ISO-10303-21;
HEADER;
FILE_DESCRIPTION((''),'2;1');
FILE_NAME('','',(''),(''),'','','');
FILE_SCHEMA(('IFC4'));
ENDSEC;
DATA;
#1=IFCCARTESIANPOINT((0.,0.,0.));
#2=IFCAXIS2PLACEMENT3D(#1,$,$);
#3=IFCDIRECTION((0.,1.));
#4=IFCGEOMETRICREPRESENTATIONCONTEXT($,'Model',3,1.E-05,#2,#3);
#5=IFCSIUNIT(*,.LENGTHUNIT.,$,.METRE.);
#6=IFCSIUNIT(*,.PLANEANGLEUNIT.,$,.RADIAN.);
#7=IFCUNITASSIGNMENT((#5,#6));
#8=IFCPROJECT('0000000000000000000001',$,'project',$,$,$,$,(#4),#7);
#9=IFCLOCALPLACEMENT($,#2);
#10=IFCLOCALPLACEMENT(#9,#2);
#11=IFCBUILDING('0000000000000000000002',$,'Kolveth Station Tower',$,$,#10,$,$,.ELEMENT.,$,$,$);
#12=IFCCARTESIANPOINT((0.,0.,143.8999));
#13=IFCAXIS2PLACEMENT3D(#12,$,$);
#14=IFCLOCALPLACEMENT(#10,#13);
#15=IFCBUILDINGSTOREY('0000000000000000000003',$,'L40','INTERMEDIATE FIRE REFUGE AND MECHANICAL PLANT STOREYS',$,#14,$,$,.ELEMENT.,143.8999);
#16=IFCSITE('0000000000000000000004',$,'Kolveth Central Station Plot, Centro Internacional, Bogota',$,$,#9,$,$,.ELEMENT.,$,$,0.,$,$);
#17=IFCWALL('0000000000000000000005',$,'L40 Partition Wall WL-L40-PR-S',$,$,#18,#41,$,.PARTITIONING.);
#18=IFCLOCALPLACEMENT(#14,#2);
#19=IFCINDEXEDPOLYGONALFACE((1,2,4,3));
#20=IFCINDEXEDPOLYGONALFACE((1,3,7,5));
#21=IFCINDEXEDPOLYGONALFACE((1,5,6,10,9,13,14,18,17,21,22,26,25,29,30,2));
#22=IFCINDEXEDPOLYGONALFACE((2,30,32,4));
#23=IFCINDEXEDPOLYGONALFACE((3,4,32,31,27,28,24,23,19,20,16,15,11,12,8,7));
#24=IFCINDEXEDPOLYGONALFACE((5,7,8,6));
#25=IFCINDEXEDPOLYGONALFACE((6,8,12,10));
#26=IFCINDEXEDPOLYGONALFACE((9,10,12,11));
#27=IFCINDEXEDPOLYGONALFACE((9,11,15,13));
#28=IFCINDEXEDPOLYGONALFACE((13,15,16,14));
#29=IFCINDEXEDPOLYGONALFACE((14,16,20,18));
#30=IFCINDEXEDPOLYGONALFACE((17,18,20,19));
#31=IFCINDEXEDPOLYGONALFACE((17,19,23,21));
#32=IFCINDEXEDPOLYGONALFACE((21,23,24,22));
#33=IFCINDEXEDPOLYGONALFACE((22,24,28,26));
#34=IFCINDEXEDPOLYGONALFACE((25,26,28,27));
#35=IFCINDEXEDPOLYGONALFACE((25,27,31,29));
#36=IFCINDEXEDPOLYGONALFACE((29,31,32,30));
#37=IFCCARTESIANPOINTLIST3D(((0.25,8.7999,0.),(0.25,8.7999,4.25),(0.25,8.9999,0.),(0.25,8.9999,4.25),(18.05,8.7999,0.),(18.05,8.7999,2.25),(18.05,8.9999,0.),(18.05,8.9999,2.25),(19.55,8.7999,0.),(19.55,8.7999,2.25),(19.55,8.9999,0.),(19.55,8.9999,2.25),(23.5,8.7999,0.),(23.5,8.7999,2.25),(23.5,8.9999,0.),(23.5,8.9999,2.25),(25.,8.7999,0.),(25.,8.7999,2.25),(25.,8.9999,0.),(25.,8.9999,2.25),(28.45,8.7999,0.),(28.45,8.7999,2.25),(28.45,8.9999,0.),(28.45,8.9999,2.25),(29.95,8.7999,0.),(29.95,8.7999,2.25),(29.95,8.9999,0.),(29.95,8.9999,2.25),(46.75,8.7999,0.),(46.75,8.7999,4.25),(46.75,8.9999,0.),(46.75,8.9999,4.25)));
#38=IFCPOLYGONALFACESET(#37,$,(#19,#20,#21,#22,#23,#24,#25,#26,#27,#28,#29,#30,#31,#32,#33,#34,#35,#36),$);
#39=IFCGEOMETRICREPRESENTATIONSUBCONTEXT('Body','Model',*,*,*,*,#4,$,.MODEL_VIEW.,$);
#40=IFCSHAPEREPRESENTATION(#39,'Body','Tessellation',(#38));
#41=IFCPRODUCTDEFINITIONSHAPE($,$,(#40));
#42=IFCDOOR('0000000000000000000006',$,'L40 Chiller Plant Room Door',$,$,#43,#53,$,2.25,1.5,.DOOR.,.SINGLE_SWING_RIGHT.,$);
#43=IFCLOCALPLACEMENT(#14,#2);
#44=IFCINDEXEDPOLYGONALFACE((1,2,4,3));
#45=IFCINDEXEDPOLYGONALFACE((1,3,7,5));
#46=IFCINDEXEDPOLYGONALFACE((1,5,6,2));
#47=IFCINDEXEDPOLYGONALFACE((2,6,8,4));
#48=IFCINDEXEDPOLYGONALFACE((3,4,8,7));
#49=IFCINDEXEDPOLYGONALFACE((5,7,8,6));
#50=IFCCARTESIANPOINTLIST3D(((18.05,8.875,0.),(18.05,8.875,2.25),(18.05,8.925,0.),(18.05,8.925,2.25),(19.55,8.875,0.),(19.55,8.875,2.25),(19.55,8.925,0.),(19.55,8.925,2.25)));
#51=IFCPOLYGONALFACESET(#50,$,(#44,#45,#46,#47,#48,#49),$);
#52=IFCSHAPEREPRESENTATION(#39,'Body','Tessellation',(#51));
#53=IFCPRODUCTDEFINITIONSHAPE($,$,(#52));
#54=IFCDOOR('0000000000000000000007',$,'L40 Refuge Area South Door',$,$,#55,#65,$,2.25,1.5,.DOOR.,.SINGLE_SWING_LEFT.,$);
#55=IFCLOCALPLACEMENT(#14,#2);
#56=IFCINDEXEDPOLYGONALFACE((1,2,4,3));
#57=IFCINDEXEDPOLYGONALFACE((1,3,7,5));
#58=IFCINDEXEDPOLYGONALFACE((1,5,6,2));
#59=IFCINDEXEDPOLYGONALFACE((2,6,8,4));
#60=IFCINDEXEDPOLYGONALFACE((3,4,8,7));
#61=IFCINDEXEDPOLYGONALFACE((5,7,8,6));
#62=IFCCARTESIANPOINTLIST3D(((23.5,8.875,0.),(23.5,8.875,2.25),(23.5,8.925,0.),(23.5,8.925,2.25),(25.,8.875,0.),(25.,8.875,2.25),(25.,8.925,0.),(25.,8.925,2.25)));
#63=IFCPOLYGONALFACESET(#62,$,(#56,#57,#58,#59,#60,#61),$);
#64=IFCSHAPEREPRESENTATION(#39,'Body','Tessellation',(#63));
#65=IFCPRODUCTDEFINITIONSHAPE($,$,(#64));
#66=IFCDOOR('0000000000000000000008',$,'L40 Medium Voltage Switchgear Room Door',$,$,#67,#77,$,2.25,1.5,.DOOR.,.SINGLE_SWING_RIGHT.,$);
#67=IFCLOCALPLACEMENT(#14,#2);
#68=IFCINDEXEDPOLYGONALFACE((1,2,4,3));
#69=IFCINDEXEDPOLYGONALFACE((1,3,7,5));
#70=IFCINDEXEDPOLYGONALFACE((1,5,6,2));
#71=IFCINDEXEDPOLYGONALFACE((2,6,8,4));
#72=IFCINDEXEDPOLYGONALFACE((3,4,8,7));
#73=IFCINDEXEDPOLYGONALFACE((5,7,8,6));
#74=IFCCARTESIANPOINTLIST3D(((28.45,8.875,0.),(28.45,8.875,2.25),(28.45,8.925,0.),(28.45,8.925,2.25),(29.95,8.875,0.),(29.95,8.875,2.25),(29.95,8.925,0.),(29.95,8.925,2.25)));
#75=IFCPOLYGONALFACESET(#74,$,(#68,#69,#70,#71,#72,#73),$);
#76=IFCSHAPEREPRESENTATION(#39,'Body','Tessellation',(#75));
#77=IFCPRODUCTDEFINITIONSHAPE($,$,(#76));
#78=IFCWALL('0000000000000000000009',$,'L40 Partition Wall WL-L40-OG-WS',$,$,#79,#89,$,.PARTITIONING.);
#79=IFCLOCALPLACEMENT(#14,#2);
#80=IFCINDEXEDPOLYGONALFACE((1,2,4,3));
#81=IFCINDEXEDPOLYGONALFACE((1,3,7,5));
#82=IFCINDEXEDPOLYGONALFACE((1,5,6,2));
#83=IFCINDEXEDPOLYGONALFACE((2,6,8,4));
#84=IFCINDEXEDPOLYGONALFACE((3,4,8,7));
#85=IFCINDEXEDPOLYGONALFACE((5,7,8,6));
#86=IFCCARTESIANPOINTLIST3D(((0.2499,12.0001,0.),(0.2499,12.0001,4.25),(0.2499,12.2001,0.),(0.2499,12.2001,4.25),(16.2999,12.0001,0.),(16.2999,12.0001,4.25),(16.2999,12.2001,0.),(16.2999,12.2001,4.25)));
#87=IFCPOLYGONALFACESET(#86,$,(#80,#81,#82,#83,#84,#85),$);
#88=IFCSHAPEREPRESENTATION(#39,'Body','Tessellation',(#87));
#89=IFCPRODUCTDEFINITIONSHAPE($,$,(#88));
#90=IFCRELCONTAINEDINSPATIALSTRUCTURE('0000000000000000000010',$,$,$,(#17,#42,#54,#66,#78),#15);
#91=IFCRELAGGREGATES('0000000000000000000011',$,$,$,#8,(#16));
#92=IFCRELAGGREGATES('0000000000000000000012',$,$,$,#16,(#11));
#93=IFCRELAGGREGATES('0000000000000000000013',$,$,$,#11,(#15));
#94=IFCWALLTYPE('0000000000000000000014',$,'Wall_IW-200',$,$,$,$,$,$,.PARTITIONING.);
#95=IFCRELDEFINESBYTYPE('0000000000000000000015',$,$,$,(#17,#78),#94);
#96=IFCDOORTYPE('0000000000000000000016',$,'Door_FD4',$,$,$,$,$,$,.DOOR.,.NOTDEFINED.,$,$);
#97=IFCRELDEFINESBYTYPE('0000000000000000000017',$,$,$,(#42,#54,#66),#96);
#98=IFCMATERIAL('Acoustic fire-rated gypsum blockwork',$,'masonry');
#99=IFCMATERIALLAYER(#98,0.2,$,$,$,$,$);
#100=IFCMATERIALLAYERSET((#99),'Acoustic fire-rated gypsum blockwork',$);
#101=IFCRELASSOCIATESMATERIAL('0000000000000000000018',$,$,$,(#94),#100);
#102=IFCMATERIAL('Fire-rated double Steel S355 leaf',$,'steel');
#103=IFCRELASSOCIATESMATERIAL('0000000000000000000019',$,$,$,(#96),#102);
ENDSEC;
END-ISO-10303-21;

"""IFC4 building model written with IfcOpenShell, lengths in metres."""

from ifc_helpers import new_model, si_unit, direction, frame, frame_2d, origin, place, context, subcontext, project, spatial, rectangle, extrude, material, layer, layer_set, type_object, element, fill, save


model = new_model("IFC4")

# Units and contexts
model_context = context("Model", 3, precision=1e-05, world=origin(), true_north=direction((0.0, 1.0)))
body_context = subcontext(model_context, "Body", "Model", "MODEL_VIEW")
ifc_project = project(units=[si_unit("LENGTHUNIT", "METRE"), si_unit("PLANEANGLEUNIT", "RADIAN")], contexts=[model_context])

# Site, building, storey
site_placement = place(None, origin())
site = spatial("IfcSite", under=ifc_project, at=site_placement, Name="Kolveth Central Station Plot, Centro Internacional, Bogota", CompositionType="ELEMENT", RefElevation=0.0)
building_placement = place(site_placement, origin())
building = spatial("IfcBuilding", under=site, at=building_placement, Name="Kolveth Station Tower", CompositionType="ELEMENT")
storey_placement = place(building_placement, frame((0.0, 0.0, 143.8999)))
storey = spatial("IfcBuildingStorey", under=building, at=storey_placement, Name="L40", Description="INTERMEDIATE FIRE REFUGE AND MECHANICAL PLANT STOREYS", CompositionType="ELEMENT", Elevation=143.8999)

# Wall, openings, doors
ifc_material_1 = material(Name="Acoustic fire-rated gypsum blockwork", Category="masonry")
ifc_layer_1 = layer(ifc_material_1, 0.2)
ifc_layer_set_1 = layer_set([ifc_layer_1], Name="Acoustic fire-rated gypsum blockwork")
wall_type = type_object("IfcWallType", Name="Wall_IW-200", PredefinedType="PARTITIONING", material=ifc_layer_set_1)
wall_1_placement = place(storey_placement, frame((0.25, 8.8999, 0.0), z_axis=(0.0, 0.0, 1.0), x_axis=(1.0, 0.0, 0.0)))
wall_1 = element("IfcWall", 1, at=wall_1_placement, inside=storey, type_object=wall_type, Name="L40 Partition Wall WL-L40-PR-S", PredefinedType="PARTITIONING", context=body_context, shape_type="SweptSolid", body=[
    extrude(rectangle(XDim=46.5, YDim=0.2, at=frame_2d((23.25, 0.0))), origin(), (0.0, 0.0, 1.0), 4.25),
])
opening_1_placement = place(wall_1_placement, frame((17.8, 0.0, 0.0)))
opening_1 = element("IfcOpeningElement", 2, at=opening_1_placement, cuts=wall_1, PredefinedType="OPENING", context=body_context, shape_type="SweptSolid", body=[
    extrude(rectangle(XDim=1.5, YDim=2.25, at=frame_2d((0.75, 1.125))), frame((0.0, 0.1099, 0.0), z_axis=(0.0, -1.0, 0.0), x_axis=(1.0, 0.0, 0.0)), (0.0, 0.0, 1.0), 0.22),
])
opening_2_placement = place(wall_1_placement, frame((23.25, 0.0, 0.0)))
opening_2 = element("IfcOpeningElement", 3, at=opening_2_placement, cuts=wall_1, PredefinedType="OPENING", context=body_context, shape_type="SweptSolid", body=[
    extrude(rectangle(XDim=1.5, YDim=2.25, at=frame_2d((0.75, 1.125))), frame((0.0, 0.1099, 0.0), z_axis=(0.0, -1.0, 0.0), x_axis=(1.0, 0.0, 0.0)), (0.0, 0.0, 1.0), 0.22),
])
opening_3_placement = place(wall_1_placement, frame((28.2, 0.0, 0.0)))
opening_3 = element("IfcOpeningElement", 4, at=opening_3_placement, cuts=wall_1, PredefinedType="OPENING", context=body_context, shape_type="SweptSolid", body=[
    extrude(rectangle(XDim=1.5, YDim=2.25, at=frame_2d((0.75, 1.125))), frame((0.0, 0.1099, 0.0), z_axis=(0.0, -1.0, 0.0), x_axis=(1.0, 0.0, 0.0)), (0.0, 0.0, 1.0), 0.22),
])
ifc_material_2 = material(Name="Fire-rated double Steel S355 leaf", Category="steel")
door_type = type_object("IfcDoorType", Name="Door_FD4", OperationType="NOTDEFINED", PredefinedType="DOOR", material=ifc_material_2)
door_1_placement = place(opening_1_placement, frame((1.5, 0.0, 0.0), z_axis=(0.0, 0.0, 1.0), x_axis=(-1.0, 0.0, 0.0)))
door_1 = element("IfcDoor", 5, at=door_1_placement, inside=storey, type_object=door_type, Name="L40 Chiller Plant Room Door", OperationType="SINGLE_SWING_RIGHT", OverallHeight=2.25, OverallWidth=1.5, PredefinedType="DOOR", context=body_context, shape_type="SweptSolid", body=[
    extrude(rectangle(XDim=1.5, YDim=2.25, at=frame_2d((0.75, 1.125))), frame((0.0, 0.0249, 0.0), z_axis=(0.0, -1.0, 0.0), x_axis=(1.0, 0.0, 0.0)), (0.0, 0.0, 1.0), 0.05),
])
fill(opening_1, door_1)
door_2_placement = place(opening_2_placement, frame((1.5, 0.0, 0.0), z_axis=(0.0, 0.0, 1.0), x_axis=(-1.0, 0.0, 0.0)))
door_2 = element("IfcDoor", 6, at=door_2_placement, inside=storey, type_object=door_type, Name="L40 Refuge Area South Door", OperationType="SINGLE_SWING_LEFT", OverallHeight=2.25, OverallWidth=1.5, PredefinedType="DOOR", context=body_context, shape_type="SweptSolid", body=[
    extrude(rectangle(XDim=1.5, YDim=2.25, at=frame_2d((0.75, 1.125))), frame((0.0, 0.0249, 0.0), z_axis=(0.0, -1.0, 0.0), x_axis=(1.0, 0.0, 0.0)), (0.0, 0.0, 1.0), 0.05),
])
fill(opening_2, door_2)
door_3_placement = place(opening_3_placement, frame((1.5, 0.0, 0.0), z_axis=(0.0, 0.0, 1.0), x_axis=(-1.0, 0.0, 0.0)))
door_3 = element("IfcDoor", 7, at=door_3_placement, inside=storey, type_object=door_type, Name="L40 Medium Voltage Switchgear Room Door", OperationType="SINGLE_SWING_RIGHT", OverallHeight=2.25, OverallWidth=1.5, PredefinedType="DOOR", context=body_context, shape_type="SweptSolid", body=[
    extrude(rectangle(XDim=1.5, YDim=2.25, at=frame_2d((0.75, 1.125))), frame((0.0, 0.0249, 0.0), z_axis=(0.0, -1.0, 0.0), x_axis=(1.0, 0.0, 0.0)), (0.0, 0.0, 1.0), 0.05),
])
fill(opening_3, door_3)

# Wall
wall_2_placement = place(storey_placement, frame((0.25, 12.1001, 0.0), z_axis=(0.0, 0.0, 1.0), x_axis=(1.0, 0.0, 0.0)))
element("IfcWall", 8, at=wall_2_placement, inside=storey, type_object=wall_type, Name="L40 Partition Wall WL-L40-OG-WS", PredefinedType="PARTITIONING", context=body_context, shape_type="SweptSolid", body=[
    extrude(rectangle(XDim=16.05, YDim=0.2, at=frame_2d((8.0249, 0.0))), origin(), (0.0, 0.0, 1.0), 4.25),
])

save(model, "model.ifc")
